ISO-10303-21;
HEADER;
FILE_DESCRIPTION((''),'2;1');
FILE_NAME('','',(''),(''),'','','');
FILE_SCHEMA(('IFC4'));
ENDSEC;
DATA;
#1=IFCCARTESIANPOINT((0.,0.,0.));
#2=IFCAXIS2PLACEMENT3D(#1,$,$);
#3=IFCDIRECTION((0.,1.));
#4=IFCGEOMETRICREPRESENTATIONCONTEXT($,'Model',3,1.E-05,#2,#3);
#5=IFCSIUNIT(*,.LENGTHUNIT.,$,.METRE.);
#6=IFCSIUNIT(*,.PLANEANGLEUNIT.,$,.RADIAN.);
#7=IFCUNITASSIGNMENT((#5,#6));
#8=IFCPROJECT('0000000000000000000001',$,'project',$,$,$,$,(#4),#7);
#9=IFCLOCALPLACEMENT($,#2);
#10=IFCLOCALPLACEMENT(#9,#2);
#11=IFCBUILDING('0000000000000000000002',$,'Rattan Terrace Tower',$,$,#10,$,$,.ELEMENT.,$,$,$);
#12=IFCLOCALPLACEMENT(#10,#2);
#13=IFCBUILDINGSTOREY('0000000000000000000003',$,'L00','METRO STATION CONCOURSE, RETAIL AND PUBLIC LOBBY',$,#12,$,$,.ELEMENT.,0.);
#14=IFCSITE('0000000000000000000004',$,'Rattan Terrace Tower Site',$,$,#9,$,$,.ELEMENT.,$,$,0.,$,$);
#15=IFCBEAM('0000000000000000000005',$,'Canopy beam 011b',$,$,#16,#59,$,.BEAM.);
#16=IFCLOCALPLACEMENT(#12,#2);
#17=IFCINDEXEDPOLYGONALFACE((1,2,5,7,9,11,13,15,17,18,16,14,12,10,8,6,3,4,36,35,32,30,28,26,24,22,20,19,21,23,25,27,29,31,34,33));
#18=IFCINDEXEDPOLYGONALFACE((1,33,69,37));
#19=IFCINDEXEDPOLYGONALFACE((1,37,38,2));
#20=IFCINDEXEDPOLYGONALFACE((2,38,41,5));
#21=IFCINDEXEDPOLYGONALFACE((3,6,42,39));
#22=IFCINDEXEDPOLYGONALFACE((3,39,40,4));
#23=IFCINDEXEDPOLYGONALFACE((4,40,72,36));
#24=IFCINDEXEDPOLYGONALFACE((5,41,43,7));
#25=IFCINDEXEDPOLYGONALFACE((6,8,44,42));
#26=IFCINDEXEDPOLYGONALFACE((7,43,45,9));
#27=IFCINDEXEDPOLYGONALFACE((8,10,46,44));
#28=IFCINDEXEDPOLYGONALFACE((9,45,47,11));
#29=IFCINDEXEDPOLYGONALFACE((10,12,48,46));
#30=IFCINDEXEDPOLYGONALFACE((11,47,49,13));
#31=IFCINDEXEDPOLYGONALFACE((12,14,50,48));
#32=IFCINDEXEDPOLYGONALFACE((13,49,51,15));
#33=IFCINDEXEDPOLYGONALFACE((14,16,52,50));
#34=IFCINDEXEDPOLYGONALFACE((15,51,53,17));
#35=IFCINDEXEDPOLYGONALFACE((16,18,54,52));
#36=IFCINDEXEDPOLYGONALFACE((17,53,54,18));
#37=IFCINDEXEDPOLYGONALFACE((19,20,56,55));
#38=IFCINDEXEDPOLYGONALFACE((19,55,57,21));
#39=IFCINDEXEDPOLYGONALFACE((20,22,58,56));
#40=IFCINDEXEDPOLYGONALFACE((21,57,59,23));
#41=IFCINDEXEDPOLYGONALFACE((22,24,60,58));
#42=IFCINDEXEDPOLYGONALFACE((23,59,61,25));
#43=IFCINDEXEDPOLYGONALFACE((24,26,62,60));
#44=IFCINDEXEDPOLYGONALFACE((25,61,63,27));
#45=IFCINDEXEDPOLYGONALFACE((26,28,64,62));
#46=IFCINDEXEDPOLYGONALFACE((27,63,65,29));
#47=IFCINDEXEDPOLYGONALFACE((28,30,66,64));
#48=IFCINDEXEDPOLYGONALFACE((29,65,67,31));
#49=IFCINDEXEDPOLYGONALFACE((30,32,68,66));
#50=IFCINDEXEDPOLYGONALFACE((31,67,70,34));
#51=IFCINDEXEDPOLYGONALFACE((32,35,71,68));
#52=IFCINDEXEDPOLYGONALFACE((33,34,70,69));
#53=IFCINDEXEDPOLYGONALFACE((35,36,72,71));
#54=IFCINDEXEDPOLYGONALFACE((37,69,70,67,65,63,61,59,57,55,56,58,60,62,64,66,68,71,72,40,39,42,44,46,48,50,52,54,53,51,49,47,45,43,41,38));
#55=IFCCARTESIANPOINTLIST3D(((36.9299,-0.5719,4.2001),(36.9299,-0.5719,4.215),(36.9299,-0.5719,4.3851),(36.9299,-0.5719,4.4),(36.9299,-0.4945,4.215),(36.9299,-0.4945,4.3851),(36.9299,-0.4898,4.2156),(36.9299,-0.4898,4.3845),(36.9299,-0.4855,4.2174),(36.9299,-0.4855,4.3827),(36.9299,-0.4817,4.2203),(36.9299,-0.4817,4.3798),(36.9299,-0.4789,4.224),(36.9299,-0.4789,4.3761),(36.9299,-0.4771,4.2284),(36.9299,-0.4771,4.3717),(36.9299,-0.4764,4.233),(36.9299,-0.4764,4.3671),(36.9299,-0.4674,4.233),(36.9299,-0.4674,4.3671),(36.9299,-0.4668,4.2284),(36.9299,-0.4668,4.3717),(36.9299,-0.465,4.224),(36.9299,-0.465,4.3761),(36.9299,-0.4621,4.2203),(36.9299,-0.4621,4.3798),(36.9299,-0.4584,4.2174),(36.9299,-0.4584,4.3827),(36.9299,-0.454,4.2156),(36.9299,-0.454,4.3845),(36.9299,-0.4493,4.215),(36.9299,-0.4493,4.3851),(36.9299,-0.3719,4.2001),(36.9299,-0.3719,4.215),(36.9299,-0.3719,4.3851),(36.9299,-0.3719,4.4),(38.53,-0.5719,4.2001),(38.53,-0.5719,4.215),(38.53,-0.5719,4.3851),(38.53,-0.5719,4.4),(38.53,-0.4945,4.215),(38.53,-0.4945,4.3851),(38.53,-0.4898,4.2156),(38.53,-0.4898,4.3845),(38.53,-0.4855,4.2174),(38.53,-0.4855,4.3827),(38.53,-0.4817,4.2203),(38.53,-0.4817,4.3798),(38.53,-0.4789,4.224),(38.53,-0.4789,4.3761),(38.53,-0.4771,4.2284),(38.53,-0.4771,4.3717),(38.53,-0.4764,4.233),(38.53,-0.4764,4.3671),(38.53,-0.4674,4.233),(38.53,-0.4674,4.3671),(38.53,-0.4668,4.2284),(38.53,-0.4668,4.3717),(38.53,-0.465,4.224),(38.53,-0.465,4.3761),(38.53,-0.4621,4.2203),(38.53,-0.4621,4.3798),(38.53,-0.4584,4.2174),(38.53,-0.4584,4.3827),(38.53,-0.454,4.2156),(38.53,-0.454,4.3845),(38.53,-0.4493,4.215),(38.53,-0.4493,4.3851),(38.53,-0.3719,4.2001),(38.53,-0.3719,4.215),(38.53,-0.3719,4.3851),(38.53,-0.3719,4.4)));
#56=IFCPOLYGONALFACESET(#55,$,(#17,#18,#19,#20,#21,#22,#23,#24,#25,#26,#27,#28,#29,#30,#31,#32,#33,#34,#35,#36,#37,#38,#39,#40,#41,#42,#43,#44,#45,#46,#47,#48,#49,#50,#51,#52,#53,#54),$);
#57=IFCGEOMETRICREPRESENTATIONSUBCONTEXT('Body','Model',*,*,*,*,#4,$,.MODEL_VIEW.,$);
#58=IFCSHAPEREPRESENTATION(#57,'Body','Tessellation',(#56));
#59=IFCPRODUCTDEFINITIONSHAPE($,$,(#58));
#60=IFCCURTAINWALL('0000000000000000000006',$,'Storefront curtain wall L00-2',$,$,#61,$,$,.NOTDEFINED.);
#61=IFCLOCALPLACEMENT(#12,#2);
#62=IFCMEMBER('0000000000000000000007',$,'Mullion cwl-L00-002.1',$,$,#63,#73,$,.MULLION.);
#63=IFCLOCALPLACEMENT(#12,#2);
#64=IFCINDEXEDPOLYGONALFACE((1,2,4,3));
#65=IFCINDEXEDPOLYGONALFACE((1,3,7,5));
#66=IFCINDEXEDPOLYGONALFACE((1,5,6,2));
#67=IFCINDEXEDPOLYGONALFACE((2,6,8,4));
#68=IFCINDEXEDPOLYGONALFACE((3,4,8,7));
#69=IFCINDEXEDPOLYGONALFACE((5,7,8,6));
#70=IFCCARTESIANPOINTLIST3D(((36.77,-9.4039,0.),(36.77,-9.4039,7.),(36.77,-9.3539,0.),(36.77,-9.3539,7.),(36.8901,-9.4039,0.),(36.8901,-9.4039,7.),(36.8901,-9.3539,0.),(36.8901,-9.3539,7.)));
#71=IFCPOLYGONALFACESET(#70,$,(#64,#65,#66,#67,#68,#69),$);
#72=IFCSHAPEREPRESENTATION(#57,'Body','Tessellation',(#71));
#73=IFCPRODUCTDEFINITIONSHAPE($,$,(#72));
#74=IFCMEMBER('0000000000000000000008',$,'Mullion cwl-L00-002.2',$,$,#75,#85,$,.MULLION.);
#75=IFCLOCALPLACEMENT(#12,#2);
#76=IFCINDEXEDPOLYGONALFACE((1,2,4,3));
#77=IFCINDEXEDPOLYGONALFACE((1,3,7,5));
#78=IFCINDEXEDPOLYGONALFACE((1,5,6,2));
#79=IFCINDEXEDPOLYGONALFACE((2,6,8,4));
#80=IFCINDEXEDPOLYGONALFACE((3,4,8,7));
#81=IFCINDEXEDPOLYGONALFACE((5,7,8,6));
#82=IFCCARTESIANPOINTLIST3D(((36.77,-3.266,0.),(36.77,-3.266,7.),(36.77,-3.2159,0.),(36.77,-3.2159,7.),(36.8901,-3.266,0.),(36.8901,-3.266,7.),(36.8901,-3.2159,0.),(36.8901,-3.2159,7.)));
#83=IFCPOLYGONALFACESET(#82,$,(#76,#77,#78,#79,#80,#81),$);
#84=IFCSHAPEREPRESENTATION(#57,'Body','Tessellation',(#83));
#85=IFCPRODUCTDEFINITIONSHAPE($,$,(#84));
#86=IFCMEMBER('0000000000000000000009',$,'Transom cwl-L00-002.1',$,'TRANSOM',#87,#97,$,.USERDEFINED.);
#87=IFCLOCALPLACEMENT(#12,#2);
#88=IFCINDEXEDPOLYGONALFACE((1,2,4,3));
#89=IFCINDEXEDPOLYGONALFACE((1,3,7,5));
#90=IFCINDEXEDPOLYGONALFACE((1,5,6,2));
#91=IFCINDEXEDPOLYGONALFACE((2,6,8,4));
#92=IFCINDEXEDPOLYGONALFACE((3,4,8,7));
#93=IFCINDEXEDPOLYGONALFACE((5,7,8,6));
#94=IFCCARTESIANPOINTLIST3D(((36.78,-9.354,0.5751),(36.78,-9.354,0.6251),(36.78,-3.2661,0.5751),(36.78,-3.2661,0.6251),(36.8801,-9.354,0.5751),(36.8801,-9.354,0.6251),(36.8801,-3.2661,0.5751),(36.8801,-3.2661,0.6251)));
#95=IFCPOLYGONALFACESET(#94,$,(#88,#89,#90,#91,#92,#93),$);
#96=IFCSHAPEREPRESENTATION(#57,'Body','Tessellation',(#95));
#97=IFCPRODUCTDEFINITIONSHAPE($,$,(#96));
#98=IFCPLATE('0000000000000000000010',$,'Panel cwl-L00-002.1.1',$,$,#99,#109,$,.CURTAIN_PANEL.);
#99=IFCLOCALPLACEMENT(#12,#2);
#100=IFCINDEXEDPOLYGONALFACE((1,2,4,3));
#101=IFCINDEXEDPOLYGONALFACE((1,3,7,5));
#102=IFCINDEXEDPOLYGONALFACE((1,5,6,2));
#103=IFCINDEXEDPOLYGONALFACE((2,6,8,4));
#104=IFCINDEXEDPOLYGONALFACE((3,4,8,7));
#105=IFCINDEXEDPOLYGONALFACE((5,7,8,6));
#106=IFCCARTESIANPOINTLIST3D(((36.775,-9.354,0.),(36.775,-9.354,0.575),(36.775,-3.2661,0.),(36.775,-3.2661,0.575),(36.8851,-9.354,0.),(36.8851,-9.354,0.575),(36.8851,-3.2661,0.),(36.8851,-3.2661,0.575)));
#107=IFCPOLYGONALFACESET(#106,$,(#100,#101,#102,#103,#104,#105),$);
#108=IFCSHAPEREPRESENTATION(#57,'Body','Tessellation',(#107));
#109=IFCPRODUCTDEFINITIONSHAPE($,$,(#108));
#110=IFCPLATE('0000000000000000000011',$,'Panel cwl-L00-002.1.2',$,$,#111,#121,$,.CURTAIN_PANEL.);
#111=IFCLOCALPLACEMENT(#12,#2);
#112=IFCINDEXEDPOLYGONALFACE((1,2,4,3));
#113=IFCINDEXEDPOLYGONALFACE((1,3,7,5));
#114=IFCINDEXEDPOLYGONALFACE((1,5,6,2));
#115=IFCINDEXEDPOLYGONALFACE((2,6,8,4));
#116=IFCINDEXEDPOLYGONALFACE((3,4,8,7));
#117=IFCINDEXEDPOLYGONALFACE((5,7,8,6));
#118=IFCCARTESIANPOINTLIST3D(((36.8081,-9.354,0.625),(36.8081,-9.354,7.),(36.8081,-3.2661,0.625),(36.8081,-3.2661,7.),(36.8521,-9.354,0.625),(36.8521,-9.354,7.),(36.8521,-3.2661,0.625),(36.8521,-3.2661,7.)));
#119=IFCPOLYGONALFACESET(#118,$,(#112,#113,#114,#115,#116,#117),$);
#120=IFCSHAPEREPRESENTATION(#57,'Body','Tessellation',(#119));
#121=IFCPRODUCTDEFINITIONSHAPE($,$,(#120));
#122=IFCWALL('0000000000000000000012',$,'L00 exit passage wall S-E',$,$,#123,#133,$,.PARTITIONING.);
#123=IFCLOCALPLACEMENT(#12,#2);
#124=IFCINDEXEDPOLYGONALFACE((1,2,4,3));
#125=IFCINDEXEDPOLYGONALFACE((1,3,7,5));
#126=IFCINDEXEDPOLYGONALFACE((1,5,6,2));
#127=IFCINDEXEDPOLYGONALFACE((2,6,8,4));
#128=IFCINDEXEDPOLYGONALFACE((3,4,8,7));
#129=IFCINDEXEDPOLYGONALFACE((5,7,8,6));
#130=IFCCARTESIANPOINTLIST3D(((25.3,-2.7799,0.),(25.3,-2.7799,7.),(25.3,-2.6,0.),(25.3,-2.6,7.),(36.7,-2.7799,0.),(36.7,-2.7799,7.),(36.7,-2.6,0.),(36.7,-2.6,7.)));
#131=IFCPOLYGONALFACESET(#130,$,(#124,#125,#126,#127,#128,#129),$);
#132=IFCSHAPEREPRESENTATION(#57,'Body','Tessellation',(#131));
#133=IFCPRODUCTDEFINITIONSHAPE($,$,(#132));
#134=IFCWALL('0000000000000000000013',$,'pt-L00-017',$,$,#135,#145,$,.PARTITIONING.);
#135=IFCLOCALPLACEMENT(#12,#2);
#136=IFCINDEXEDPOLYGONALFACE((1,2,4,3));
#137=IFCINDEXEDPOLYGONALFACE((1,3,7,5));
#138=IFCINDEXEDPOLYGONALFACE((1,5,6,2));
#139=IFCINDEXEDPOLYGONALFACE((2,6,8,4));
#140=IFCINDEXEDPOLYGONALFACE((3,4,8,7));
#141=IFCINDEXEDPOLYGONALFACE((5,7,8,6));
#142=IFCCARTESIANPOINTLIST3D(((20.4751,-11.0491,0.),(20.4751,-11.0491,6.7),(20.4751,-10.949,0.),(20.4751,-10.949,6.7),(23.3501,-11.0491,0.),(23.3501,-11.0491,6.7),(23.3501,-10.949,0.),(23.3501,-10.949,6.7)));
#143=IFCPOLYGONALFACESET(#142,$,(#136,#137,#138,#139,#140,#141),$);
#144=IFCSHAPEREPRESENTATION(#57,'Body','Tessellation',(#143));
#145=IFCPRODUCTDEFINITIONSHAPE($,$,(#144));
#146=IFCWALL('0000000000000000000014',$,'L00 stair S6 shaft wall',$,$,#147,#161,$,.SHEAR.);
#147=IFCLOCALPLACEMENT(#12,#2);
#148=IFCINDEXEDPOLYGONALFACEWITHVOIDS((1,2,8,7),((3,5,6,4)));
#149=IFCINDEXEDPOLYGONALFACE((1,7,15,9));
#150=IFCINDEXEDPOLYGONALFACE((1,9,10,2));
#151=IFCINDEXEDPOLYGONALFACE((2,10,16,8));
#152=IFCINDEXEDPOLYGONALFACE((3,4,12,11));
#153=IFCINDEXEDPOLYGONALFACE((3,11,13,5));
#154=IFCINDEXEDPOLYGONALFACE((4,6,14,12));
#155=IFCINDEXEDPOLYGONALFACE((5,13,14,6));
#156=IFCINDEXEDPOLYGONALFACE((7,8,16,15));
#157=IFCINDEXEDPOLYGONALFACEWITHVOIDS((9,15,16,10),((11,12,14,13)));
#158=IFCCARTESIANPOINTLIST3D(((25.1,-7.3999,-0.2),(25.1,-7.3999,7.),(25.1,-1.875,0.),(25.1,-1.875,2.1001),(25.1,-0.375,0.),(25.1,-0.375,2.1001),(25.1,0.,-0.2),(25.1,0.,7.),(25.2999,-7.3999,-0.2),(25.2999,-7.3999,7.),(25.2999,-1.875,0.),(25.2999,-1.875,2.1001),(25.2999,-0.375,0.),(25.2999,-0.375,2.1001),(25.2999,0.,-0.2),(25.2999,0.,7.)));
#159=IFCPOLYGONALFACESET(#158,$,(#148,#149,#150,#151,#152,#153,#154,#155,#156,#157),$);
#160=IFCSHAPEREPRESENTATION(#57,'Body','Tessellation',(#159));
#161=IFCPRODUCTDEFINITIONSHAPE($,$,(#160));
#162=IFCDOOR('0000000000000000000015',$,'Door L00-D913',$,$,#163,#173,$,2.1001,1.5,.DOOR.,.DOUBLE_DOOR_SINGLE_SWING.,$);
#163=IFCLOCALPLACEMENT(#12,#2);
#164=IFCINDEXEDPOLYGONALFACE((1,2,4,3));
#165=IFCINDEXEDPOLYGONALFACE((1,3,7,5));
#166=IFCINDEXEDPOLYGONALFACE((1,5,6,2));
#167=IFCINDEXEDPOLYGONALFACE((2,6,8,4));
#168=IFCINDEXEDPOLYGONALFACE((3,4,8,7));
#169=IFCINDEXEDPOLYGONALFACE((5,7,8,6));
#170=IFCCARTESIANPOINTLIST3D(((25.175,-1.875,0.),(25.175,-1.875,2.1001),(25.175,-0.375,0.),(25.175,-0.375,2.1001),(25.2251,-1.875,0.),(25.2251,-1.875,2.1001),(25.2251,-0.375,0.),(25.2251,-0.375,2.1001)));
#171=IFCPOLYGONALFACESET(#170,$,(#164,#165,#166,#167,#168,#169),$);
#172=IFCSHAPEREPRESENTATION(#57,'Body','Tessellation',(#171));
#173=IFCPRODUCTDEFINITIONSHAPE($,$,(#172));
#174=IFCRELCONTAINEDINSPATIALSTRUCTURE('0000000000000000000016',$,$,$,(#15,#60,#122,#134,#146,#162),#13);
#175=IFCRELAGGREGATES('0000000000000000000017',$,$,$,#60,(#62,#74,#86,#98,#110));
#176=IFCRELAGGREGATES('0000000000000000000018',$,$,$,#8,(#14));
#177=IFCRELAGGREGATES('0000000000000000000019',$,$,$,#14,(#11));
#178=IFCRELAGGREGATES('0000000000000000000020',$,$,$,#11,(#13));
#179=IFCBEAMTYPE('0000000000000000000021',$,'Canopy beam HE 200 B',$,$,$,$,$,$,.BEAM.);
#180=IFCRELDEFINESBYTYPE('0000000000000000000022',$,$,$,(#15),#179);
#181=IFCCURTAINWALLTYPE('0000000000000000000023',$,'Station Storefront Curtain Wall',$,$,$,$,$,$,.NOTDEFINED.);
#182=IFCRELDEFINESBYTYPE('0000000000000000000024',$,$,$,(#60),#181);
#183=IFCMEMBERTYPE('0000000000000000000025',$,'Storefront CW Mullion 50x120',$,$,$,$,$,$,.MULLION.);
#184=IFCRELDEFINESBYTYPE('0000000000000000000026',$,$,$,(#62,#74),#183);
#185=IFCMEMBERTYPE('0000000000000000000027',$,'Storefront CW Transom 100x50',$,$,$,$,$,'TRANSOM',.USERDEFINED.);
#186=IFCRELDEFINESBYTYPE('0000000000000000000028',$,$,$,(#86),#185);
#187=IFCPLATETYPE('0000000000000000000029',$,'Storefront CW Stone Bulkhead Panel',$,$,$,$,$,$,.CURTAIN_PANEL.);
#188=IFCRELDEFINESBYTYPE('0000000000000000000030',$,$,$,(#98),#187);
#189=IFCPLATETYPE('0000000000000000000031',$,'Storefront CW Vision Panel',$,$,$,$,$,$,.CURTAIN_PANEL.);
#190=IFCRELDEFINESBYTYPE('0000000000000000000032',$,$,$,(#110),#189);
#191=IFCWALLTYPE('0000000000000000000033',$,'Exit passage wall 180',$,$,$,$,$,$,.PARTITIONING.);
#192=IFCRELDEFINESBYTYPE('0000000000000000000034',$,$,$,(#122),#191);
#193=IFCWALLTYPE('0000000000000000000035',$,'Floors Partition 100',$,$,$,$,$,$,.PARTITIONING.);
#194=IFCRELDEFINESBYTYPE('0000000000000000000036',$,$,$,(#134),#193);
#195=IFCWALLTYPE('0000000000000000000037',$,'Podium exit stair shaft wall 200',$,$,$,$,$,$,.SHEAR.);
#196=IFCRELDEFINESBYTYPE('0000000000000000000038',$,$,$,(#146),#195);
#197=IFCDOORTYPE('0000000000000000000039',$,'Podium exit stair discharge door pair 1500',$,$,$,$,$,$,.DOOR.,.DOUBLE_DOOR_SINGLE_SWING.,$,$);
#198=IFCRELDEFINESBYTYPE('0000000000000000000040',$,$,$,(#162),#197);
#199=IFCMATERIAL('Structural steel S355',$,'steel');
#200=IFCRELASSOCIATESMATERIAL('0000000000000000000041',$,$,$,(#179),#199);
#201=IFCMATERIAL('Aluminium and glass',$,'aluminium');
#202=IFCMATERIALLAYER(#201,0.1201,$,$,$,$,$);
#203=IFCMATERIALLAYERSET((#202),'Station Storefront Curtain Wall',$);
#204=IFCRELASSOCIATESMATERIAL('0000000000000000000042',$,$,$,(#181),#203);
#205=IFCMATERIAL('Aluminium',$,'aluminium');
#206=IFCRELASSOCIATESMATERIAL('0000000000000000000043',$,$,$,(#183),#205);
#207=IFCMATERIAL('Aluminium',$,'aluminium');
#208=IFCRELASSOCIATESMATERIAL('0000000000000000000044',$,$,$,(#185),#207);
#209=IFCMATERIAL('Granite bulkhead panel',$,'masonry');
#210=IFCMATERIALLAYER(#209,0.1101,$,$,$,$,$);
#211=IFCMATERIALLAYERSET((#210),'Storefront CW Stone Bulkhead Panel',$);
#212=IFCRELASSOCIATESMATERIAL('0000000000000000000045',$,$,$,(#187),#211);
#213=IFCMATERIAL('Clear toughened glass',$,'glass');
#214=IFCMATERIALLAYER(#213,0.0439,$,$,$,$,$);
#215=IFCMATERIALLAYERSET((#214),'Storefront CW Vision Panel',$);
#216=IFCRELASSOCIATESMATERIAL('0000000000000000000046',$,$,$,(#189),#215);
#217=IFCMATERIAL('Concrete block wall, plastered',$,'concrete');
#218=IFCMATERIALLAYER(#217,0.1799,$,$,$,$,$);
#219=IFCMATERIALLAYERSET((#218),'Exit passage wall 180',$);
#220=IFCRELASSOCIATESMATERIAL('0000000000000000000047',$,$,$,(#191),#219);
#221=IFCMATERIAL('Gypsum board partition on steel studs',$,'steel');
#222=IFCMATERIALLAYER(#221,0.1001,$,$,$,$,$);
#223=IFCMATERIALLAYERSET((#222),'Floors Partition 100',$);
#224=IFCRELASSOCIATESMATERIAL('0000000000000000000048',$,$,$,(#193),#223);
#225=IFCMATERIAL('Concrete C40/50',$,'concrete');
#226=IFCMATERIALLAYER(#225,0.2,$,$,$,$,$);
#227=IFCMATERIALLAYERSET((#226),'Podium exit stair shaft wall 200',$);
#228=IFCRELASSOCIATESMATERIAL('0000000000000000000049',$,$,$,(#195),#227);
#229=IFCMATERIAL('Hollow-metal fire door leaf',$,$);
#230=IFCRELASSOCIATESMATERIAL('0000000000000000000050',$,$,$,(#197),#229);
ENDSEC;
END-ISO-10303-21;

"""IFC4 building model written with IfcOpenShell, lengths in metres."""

from ifc_helpers import new_model, si_unit, direction, frame, frame_2d, origin, origin_2d, place, context, subcontext, project, spatial, rectangle, i_section, extrude, material, layer, layer_set, material_profile, profile_set, type_object, element, fill, aggregate, save


model = new_model("IFC4")

# Units and contexts
model_context = context("Model", 3, precision=1e-05, world=origin(), true_north=direction((0.0, 1.0)))
body_context = subcontext(model_context, "Body", "Model", "MODEL_VIEW")
ifc_project = project(units=[si_unit("LENGTHUNIT", "METRE"), si_unit("PLANEANGLEUNIT", "RADIAN")], contexts=[model_context])

# Site, building, storey
site_placement = place(None, origin())
site = spatial("IfcSite", under=ifc_project, at=site_placement, Name="Rattan Terrace Tower Site", CompositionType="ELEMENT", RefElevation=0.0)
building_placement = place(site_placement, origin())
building = spatial("IfcBuilding", under=site, at=building_placement, Name="Rattan Terrace Tower", CompositionType="ELEMENT")
storey_placement = place(building_placement, origin())
storey = spatial("IfcBuildingStorey", under=building, at=storey_placement, Name="L00", Description="METRO STATION CONCOURSE, RETAIL AND PUBLIC LOBBY", CompositionType="ELEMENT", Elevation=0.0)

# Beam
ifc_material_1 = material(Name="Structural steel S355", Category="steel")
ifc_material_profile_1 = material_profile(ifc_material_1, i_section(OverallWidth=0.2, OverallDepth=0.2, WebThickness=0.009, FlangeThickness=0.0149, FilletRadius=0.0181, at=origin_2d()), Name="HE 200 B")
ifc_profile_set_1 = profile_set([ifc_material_profile_1], Name="Structural steel S355")
beam_type = type_object("IfcBeamType", Name="Canopy beam HE 200 B", PredefinedType="BEAM", material=ifc_profile_set_1)
for number, where, z_axis, x_axis, name in (
    (1, (36.9299, -0.4719, 4.3), (1.0, 0.0, 0.0), (0.0, 1.0, 0.0), "Canopy beam 011b"),
):
    element("IfcBeam", number, at=place(storey_placement, frame(where, z_axis=z_axis, x_axis=x_axis)), inside=storey, type_object=beam_type, Name=name, PredefinedType="BEAM", context=body_context, shape_type="SweptSolid", body=[
        extrude(i_section(OverallWidth=0.2, OverallDepth=0.2, WebThickness=0.009, FlangeThickness=0.0149, FilletRadius=0.0181, at=origin_2d()), origin(), (0.0, 0.0, 1.0), 1.6001),
    ])

# Curtain wall, members, plates
ifc_material_2 = material(Name="Aluminium and glass", Category="aluminium")
ifc_layer_1 = layer(ifc_material_2, 0.1201)
ifc_layer_set_1 = layer_set([ifc_layer_1], Name="Station Storefront Curtain Wall")
curtain_wall_type = type_object("IfcCurtainWallType", Name="Station Storefront Curtain Wall", PredefinedType="NOTDEFINED", material=ifc_layer_set_1)
curtain_wall_placement = place(storey_placement, origin())
curtain_wall = element("IfcCurtainWall", 2, at=curtain_wall_placement, inside=storey, type_object=curtain_wall_type, Name="Storefront curtain wall L00-2", PredefinedType="NOTDEFINED")
ifc_material_3 = material(Name="Aluminium", Category="aluminium")
ifc_material_profile_2 = material_profile(ifc_material_3, rectangle(XDim=0.05, YDim=0.1201, at=origin_2d()), Name="Aluminium 50x120")
ifc_profile_set_2 = profile_set([ifc_material_profile_2], Name="Aluminium")
member_type_1 = type_object("IfcMemberType", Name="Storefront CW Mullion 50x120", PredefinedType="MULLION", material=ifc_profile_set_2)
member_1_placement = place(storey_placement, frame((36.8301, -9.3789, 0.0), z_axis=(0.0, 0.0, 1.0), x_axis=(0.0, 1.0, 0.0)))
member_1 = element("IfcMember", 3, at=member_1_placement, type_object=member_type_1, Name="Mullion cwl-L00-002.1", PredefinedType="MULLION", context=body_context, shape_type="SweptSolid", body=[
    extrude(rectangle(XDim=0.05, YDim=0.1201, at=origin_2d()), origin(), (0.0, 0.0, 1.0), 7.0),
])
member_2_placement = place(storey_placement, frame((36.8301, -3.241, 0.0), z_axis=(0.0, 0.0, 1.0), x_axis=(0.0, 1.0, 0.0)))
member_2 = element("IfcMember", 4, at=member_2_placement, type_object=member_type_1, Name="Mullion cwl-L00-002.2", PredefinedType="MULLION", context=body_context, shape_type="SweptSolid", body=[
    extrude(rectangle(XDim=0.05, YDim=0.1201, at=origin_2d()), origin(), (0.0, 0.0, 1.0), 7.0),
])
ifc_material_4 = material(Name="Aluminium", Category="aluminium")
ifc_material_profile_3 = material_profile(ifc_material_4, rectangle(XDim=0.1001, YDim=0.05, at=origin_2d()), Name="Aluminium 100x50")
ifc_profile_set_3 = profile_set([ifc_material_profile_3], Name="Aluminium")
member_type_2 = type_object("IfcMemberType", Name="Storefront CW Transom 100x50", ElementType="TRANSOM", PredefinedType="USERDEFINED", material=ifc_profile_set_3)
member_3_placement = place(storey_placement, frame((36.8301, -9.354, 0.6001), z_axis=(0.0, 1.0, 0.0), x_axis=(-1.0, 0.0, 0.0)))
member_3 = element("IfcMember", 5, at=member_3_placement, type_object=member_type_2, Name="Transom cwl-L00-002.1", ObjectType="TRANSOM", PredefinedType="USERDEFINED", context=body_context, shape_type="SweptSolid", body=[
    extrude(rectangle(XDim=0.1001, YDim=0.05, at=origin_2d()), origin(), (0.0, 0.0, 1.0), 6.0879),
])
ifc_material_5 = material(Name="Granite bulkhead panel", Category="masonry")
ifc_layer_2 = layer(ifc_material_5, 0.1101)
ifc_layer_set_2 = layer_set([ifc_layer_2], Name="Storefront CW Stone Bulkhead Panel")
plate_type_1 = type_object("IfcPlateType", Name="Storefront CW Stone Bulkhead Panel", PredefinedType="CURTAIN_PANEL", material=ifc_layer_set_2)
plate_1_placement = place(storey_placement, frame((36.8301, -6.3101, 0.0), z_axis=(0.0, 0.0, 1.0), x_axis=(0.0, 1.0, 0.0)))
plate_1 = element("IfcPlate", 6, at=plate_1_placement, type_object=plate_type_1, Name="Panel cwl-L00-002.1.1", PredefinedType="CURTAIN_PANEL", context=body_context, shape_type="SweptSolid", body=[
    extrude(rectangle(XDim=6.0879, YDim=0.1101, at=origin_2d()), origin(), (0.0, 0.0, 1.0), 0.575),
])
ifc_material_6 = material(Name="Clear toughened glass", Category="glass")
ifc_layer_3 = layer(ifc_material_6, 0.0439)
ifc_layer_set_3 = layer_set([ifc_layer_3], Name="Storefront CW Vision Panel")
plate_type_2 = type_object("IfcPlateType", Name="Storefront CW Vision Panel", PredefinedType="CURTAIN_PANEL", material=ifc_layer_set_3)
plate_2_placement = place(storey_placement, frame((36.8301, -6.3101, 0.625), z_axis=(0.0, 0.0, 1.0), x_axis=(0.0, 1.0, 0.0)))
plate_2 = element("IfcPlate", 7, at=plate_2_placement, type_object=plate_type_2, Name="Panel cwl-L00-002.1.2", PredefinedType="CURTAIN_PANEL", context=body_context, shape_type="SweptSolid", body=[
    extrude(rectangle(XDim=6.0879, YDim=0.0439, at=origin_2d()), origin(), (0.0, 0.0, 1.0), 6.375),
])
aggregate(curtain_wall, [member_1, member_2, member_3, plate_1, plate_2])

# Walls
ifc_material_7 = material(Name="Concrete block wall, plastered", Category="concrete")
ifc_layer_4 = layer(ifc_material_7, 0.1799)
ifc_layer_set_4 = layer_set([ifc_layer_4], Name="Exit passage wall 180")
wall_type_1 = type_object("IfcWallType", Name="Exit passage wall 180", PredefinedType="PARTITIONING", material=ifc_layer_set_4)
wall_1_placement = place(storey_placement, frame((25.3, -2.6899, 0.0), z_axis=(0.0, 0.0, 1.0), x_axis=(1.0, 0.0, 0.0)))
element("IfcWall", 8, at=wall_1_placement, inside=storey, type_object=wall_type_1, Name="L00 exit passage wall S-E", PredefinedType="PARTITIONING", context=body_context, shape_type="SweptSolid", body=[
    extrude(rectangle(XDim=11.3999, YDim=0.1799, at=frame_2d((5.7, 0.0))), origin(), (0.0, 0.0, 1.0), 7.0),
])
ifc_material_8 = material(Name="Gypsum board partition on steel studs", Category="steel")
ifc_layer_5 = layer(ifc_material_8, 0.1001)
ifc_layer_set_5 = layer_set([ifc_layer_5], Name="Floors Partition 100")
wall_type_2 = type_object("IfcWallType", Name="Floors Partition 100", PredefinedType="PARTITIONING", material=ifc_layer_set_5)
wall_2_placement = place(storey_placement, frame((23.3501, -10.999, 0.0), z_axis=(0.0, 0.0, 1.0), x_axis=(-1.0, 0.0, 0.0)))
element("IfcWall", 9, at=wall_2_placement, inside=storey, type_object=wall_type_2, Name="pt-L00-017", PredefinedType="PARTITIONING", context=body_context, shape_type="SweptSolid", body=[
    extrude(rectangle(XDim=2.875, YDim=0.1001, at=frame_2d((1.4375, 0.0))), origin(), (0.0, 0.0, 1.0), 6.7),
])

# Wall, opening, door
ifc_material_9 = material(Name="Concrete C40/50", Category="concrete")
ifc_layer_6 = layer(ifc_material_9, 0.2)
ifc_layer_set_6 = layer_set([ifc_layer_6], Name="Podium exit stair shaft wall 200")
wall_type_3 = type_object("IfcWallType", Name="Podium exit stair shaft wall 200", PredefinedType="SHEAR", material=ifc_layer_set_6)
wall_3_placement = place(storey_placement, frame((25.2, -7.3999, -0.2), z_axis=(0.0, 0.0, 1.0), x_axis=(0.0, 1.0, 0.0)))
wall_3 = element("IfcWall", 10, at=wall_3_placement, inside=storey, type_object=wall_type_3, Name="L00 stair S6 shaft wall", PredefinedType="SHEAR", context=body_context, shape_type="SweptSolid", body=[
    extrude(rectangle(XDim=7.3999, YDim=0.2, at=frame_2d((3.7, 0.0))), origin(), (0.0, 0.0, 1.0), 7.2),
])
opening_placement = place(wall_3_placement, frame((5.5249, 0.0, 0.2)))
opening = element("IfcOpeningElement", 11, at=opening_placement, cuts=wall_3, PredefinedType="OPENING", context=body_context, shape_type="SweptSolid", body=[
    extrude(rectangle(XDim=1.5, YDim=2.1001, at=frame_2d((0.75, 1.05))), frame((0.0, 0.1106, 0.0), z_axis=(0.0, -1.0, 0.0), x_axis=(1.0, 0.0, 0.0)), (0.0, 0.0, 1.0), 0.2209),
])
ifc_material_10 = material(Name="Hollow-metal fire door leaf")
door_type = type_object("IfcDoorType", Name="Podium exit stair discharge door pair 1500", OperationType="DOUBLE_DOOR_SINGLE_SWING", PredefinedType="DOOR", material=ifc_material_10)
door_placement = place(opening_placement, origin())
door = element("IfcDoor", 12, at=door_placement, inside=storey, type_object=door_type, Name="Door L00-D913", OperationType="DOUBLE_DOOR_SINGLE_SWING", OverallHeight=2.1001, OverallWidth=1.5, PredefinedType="DOOR", context=body_context, shape_type="SweptSolid", body=[
    extrude(rectangle(XDim=1.5, YDim=2.1001, at=frame_2d((0.75, 1.05))), frame((0.0, 0.0249, 0.0), z_axis=(0.0, -1.0, 0.0), x_axis=(1.0, 0.0, 0.0)), (0.0, 0.0, 1.0), 0.05),
])
fill(opening, door)

save(model, "model.ifc")
